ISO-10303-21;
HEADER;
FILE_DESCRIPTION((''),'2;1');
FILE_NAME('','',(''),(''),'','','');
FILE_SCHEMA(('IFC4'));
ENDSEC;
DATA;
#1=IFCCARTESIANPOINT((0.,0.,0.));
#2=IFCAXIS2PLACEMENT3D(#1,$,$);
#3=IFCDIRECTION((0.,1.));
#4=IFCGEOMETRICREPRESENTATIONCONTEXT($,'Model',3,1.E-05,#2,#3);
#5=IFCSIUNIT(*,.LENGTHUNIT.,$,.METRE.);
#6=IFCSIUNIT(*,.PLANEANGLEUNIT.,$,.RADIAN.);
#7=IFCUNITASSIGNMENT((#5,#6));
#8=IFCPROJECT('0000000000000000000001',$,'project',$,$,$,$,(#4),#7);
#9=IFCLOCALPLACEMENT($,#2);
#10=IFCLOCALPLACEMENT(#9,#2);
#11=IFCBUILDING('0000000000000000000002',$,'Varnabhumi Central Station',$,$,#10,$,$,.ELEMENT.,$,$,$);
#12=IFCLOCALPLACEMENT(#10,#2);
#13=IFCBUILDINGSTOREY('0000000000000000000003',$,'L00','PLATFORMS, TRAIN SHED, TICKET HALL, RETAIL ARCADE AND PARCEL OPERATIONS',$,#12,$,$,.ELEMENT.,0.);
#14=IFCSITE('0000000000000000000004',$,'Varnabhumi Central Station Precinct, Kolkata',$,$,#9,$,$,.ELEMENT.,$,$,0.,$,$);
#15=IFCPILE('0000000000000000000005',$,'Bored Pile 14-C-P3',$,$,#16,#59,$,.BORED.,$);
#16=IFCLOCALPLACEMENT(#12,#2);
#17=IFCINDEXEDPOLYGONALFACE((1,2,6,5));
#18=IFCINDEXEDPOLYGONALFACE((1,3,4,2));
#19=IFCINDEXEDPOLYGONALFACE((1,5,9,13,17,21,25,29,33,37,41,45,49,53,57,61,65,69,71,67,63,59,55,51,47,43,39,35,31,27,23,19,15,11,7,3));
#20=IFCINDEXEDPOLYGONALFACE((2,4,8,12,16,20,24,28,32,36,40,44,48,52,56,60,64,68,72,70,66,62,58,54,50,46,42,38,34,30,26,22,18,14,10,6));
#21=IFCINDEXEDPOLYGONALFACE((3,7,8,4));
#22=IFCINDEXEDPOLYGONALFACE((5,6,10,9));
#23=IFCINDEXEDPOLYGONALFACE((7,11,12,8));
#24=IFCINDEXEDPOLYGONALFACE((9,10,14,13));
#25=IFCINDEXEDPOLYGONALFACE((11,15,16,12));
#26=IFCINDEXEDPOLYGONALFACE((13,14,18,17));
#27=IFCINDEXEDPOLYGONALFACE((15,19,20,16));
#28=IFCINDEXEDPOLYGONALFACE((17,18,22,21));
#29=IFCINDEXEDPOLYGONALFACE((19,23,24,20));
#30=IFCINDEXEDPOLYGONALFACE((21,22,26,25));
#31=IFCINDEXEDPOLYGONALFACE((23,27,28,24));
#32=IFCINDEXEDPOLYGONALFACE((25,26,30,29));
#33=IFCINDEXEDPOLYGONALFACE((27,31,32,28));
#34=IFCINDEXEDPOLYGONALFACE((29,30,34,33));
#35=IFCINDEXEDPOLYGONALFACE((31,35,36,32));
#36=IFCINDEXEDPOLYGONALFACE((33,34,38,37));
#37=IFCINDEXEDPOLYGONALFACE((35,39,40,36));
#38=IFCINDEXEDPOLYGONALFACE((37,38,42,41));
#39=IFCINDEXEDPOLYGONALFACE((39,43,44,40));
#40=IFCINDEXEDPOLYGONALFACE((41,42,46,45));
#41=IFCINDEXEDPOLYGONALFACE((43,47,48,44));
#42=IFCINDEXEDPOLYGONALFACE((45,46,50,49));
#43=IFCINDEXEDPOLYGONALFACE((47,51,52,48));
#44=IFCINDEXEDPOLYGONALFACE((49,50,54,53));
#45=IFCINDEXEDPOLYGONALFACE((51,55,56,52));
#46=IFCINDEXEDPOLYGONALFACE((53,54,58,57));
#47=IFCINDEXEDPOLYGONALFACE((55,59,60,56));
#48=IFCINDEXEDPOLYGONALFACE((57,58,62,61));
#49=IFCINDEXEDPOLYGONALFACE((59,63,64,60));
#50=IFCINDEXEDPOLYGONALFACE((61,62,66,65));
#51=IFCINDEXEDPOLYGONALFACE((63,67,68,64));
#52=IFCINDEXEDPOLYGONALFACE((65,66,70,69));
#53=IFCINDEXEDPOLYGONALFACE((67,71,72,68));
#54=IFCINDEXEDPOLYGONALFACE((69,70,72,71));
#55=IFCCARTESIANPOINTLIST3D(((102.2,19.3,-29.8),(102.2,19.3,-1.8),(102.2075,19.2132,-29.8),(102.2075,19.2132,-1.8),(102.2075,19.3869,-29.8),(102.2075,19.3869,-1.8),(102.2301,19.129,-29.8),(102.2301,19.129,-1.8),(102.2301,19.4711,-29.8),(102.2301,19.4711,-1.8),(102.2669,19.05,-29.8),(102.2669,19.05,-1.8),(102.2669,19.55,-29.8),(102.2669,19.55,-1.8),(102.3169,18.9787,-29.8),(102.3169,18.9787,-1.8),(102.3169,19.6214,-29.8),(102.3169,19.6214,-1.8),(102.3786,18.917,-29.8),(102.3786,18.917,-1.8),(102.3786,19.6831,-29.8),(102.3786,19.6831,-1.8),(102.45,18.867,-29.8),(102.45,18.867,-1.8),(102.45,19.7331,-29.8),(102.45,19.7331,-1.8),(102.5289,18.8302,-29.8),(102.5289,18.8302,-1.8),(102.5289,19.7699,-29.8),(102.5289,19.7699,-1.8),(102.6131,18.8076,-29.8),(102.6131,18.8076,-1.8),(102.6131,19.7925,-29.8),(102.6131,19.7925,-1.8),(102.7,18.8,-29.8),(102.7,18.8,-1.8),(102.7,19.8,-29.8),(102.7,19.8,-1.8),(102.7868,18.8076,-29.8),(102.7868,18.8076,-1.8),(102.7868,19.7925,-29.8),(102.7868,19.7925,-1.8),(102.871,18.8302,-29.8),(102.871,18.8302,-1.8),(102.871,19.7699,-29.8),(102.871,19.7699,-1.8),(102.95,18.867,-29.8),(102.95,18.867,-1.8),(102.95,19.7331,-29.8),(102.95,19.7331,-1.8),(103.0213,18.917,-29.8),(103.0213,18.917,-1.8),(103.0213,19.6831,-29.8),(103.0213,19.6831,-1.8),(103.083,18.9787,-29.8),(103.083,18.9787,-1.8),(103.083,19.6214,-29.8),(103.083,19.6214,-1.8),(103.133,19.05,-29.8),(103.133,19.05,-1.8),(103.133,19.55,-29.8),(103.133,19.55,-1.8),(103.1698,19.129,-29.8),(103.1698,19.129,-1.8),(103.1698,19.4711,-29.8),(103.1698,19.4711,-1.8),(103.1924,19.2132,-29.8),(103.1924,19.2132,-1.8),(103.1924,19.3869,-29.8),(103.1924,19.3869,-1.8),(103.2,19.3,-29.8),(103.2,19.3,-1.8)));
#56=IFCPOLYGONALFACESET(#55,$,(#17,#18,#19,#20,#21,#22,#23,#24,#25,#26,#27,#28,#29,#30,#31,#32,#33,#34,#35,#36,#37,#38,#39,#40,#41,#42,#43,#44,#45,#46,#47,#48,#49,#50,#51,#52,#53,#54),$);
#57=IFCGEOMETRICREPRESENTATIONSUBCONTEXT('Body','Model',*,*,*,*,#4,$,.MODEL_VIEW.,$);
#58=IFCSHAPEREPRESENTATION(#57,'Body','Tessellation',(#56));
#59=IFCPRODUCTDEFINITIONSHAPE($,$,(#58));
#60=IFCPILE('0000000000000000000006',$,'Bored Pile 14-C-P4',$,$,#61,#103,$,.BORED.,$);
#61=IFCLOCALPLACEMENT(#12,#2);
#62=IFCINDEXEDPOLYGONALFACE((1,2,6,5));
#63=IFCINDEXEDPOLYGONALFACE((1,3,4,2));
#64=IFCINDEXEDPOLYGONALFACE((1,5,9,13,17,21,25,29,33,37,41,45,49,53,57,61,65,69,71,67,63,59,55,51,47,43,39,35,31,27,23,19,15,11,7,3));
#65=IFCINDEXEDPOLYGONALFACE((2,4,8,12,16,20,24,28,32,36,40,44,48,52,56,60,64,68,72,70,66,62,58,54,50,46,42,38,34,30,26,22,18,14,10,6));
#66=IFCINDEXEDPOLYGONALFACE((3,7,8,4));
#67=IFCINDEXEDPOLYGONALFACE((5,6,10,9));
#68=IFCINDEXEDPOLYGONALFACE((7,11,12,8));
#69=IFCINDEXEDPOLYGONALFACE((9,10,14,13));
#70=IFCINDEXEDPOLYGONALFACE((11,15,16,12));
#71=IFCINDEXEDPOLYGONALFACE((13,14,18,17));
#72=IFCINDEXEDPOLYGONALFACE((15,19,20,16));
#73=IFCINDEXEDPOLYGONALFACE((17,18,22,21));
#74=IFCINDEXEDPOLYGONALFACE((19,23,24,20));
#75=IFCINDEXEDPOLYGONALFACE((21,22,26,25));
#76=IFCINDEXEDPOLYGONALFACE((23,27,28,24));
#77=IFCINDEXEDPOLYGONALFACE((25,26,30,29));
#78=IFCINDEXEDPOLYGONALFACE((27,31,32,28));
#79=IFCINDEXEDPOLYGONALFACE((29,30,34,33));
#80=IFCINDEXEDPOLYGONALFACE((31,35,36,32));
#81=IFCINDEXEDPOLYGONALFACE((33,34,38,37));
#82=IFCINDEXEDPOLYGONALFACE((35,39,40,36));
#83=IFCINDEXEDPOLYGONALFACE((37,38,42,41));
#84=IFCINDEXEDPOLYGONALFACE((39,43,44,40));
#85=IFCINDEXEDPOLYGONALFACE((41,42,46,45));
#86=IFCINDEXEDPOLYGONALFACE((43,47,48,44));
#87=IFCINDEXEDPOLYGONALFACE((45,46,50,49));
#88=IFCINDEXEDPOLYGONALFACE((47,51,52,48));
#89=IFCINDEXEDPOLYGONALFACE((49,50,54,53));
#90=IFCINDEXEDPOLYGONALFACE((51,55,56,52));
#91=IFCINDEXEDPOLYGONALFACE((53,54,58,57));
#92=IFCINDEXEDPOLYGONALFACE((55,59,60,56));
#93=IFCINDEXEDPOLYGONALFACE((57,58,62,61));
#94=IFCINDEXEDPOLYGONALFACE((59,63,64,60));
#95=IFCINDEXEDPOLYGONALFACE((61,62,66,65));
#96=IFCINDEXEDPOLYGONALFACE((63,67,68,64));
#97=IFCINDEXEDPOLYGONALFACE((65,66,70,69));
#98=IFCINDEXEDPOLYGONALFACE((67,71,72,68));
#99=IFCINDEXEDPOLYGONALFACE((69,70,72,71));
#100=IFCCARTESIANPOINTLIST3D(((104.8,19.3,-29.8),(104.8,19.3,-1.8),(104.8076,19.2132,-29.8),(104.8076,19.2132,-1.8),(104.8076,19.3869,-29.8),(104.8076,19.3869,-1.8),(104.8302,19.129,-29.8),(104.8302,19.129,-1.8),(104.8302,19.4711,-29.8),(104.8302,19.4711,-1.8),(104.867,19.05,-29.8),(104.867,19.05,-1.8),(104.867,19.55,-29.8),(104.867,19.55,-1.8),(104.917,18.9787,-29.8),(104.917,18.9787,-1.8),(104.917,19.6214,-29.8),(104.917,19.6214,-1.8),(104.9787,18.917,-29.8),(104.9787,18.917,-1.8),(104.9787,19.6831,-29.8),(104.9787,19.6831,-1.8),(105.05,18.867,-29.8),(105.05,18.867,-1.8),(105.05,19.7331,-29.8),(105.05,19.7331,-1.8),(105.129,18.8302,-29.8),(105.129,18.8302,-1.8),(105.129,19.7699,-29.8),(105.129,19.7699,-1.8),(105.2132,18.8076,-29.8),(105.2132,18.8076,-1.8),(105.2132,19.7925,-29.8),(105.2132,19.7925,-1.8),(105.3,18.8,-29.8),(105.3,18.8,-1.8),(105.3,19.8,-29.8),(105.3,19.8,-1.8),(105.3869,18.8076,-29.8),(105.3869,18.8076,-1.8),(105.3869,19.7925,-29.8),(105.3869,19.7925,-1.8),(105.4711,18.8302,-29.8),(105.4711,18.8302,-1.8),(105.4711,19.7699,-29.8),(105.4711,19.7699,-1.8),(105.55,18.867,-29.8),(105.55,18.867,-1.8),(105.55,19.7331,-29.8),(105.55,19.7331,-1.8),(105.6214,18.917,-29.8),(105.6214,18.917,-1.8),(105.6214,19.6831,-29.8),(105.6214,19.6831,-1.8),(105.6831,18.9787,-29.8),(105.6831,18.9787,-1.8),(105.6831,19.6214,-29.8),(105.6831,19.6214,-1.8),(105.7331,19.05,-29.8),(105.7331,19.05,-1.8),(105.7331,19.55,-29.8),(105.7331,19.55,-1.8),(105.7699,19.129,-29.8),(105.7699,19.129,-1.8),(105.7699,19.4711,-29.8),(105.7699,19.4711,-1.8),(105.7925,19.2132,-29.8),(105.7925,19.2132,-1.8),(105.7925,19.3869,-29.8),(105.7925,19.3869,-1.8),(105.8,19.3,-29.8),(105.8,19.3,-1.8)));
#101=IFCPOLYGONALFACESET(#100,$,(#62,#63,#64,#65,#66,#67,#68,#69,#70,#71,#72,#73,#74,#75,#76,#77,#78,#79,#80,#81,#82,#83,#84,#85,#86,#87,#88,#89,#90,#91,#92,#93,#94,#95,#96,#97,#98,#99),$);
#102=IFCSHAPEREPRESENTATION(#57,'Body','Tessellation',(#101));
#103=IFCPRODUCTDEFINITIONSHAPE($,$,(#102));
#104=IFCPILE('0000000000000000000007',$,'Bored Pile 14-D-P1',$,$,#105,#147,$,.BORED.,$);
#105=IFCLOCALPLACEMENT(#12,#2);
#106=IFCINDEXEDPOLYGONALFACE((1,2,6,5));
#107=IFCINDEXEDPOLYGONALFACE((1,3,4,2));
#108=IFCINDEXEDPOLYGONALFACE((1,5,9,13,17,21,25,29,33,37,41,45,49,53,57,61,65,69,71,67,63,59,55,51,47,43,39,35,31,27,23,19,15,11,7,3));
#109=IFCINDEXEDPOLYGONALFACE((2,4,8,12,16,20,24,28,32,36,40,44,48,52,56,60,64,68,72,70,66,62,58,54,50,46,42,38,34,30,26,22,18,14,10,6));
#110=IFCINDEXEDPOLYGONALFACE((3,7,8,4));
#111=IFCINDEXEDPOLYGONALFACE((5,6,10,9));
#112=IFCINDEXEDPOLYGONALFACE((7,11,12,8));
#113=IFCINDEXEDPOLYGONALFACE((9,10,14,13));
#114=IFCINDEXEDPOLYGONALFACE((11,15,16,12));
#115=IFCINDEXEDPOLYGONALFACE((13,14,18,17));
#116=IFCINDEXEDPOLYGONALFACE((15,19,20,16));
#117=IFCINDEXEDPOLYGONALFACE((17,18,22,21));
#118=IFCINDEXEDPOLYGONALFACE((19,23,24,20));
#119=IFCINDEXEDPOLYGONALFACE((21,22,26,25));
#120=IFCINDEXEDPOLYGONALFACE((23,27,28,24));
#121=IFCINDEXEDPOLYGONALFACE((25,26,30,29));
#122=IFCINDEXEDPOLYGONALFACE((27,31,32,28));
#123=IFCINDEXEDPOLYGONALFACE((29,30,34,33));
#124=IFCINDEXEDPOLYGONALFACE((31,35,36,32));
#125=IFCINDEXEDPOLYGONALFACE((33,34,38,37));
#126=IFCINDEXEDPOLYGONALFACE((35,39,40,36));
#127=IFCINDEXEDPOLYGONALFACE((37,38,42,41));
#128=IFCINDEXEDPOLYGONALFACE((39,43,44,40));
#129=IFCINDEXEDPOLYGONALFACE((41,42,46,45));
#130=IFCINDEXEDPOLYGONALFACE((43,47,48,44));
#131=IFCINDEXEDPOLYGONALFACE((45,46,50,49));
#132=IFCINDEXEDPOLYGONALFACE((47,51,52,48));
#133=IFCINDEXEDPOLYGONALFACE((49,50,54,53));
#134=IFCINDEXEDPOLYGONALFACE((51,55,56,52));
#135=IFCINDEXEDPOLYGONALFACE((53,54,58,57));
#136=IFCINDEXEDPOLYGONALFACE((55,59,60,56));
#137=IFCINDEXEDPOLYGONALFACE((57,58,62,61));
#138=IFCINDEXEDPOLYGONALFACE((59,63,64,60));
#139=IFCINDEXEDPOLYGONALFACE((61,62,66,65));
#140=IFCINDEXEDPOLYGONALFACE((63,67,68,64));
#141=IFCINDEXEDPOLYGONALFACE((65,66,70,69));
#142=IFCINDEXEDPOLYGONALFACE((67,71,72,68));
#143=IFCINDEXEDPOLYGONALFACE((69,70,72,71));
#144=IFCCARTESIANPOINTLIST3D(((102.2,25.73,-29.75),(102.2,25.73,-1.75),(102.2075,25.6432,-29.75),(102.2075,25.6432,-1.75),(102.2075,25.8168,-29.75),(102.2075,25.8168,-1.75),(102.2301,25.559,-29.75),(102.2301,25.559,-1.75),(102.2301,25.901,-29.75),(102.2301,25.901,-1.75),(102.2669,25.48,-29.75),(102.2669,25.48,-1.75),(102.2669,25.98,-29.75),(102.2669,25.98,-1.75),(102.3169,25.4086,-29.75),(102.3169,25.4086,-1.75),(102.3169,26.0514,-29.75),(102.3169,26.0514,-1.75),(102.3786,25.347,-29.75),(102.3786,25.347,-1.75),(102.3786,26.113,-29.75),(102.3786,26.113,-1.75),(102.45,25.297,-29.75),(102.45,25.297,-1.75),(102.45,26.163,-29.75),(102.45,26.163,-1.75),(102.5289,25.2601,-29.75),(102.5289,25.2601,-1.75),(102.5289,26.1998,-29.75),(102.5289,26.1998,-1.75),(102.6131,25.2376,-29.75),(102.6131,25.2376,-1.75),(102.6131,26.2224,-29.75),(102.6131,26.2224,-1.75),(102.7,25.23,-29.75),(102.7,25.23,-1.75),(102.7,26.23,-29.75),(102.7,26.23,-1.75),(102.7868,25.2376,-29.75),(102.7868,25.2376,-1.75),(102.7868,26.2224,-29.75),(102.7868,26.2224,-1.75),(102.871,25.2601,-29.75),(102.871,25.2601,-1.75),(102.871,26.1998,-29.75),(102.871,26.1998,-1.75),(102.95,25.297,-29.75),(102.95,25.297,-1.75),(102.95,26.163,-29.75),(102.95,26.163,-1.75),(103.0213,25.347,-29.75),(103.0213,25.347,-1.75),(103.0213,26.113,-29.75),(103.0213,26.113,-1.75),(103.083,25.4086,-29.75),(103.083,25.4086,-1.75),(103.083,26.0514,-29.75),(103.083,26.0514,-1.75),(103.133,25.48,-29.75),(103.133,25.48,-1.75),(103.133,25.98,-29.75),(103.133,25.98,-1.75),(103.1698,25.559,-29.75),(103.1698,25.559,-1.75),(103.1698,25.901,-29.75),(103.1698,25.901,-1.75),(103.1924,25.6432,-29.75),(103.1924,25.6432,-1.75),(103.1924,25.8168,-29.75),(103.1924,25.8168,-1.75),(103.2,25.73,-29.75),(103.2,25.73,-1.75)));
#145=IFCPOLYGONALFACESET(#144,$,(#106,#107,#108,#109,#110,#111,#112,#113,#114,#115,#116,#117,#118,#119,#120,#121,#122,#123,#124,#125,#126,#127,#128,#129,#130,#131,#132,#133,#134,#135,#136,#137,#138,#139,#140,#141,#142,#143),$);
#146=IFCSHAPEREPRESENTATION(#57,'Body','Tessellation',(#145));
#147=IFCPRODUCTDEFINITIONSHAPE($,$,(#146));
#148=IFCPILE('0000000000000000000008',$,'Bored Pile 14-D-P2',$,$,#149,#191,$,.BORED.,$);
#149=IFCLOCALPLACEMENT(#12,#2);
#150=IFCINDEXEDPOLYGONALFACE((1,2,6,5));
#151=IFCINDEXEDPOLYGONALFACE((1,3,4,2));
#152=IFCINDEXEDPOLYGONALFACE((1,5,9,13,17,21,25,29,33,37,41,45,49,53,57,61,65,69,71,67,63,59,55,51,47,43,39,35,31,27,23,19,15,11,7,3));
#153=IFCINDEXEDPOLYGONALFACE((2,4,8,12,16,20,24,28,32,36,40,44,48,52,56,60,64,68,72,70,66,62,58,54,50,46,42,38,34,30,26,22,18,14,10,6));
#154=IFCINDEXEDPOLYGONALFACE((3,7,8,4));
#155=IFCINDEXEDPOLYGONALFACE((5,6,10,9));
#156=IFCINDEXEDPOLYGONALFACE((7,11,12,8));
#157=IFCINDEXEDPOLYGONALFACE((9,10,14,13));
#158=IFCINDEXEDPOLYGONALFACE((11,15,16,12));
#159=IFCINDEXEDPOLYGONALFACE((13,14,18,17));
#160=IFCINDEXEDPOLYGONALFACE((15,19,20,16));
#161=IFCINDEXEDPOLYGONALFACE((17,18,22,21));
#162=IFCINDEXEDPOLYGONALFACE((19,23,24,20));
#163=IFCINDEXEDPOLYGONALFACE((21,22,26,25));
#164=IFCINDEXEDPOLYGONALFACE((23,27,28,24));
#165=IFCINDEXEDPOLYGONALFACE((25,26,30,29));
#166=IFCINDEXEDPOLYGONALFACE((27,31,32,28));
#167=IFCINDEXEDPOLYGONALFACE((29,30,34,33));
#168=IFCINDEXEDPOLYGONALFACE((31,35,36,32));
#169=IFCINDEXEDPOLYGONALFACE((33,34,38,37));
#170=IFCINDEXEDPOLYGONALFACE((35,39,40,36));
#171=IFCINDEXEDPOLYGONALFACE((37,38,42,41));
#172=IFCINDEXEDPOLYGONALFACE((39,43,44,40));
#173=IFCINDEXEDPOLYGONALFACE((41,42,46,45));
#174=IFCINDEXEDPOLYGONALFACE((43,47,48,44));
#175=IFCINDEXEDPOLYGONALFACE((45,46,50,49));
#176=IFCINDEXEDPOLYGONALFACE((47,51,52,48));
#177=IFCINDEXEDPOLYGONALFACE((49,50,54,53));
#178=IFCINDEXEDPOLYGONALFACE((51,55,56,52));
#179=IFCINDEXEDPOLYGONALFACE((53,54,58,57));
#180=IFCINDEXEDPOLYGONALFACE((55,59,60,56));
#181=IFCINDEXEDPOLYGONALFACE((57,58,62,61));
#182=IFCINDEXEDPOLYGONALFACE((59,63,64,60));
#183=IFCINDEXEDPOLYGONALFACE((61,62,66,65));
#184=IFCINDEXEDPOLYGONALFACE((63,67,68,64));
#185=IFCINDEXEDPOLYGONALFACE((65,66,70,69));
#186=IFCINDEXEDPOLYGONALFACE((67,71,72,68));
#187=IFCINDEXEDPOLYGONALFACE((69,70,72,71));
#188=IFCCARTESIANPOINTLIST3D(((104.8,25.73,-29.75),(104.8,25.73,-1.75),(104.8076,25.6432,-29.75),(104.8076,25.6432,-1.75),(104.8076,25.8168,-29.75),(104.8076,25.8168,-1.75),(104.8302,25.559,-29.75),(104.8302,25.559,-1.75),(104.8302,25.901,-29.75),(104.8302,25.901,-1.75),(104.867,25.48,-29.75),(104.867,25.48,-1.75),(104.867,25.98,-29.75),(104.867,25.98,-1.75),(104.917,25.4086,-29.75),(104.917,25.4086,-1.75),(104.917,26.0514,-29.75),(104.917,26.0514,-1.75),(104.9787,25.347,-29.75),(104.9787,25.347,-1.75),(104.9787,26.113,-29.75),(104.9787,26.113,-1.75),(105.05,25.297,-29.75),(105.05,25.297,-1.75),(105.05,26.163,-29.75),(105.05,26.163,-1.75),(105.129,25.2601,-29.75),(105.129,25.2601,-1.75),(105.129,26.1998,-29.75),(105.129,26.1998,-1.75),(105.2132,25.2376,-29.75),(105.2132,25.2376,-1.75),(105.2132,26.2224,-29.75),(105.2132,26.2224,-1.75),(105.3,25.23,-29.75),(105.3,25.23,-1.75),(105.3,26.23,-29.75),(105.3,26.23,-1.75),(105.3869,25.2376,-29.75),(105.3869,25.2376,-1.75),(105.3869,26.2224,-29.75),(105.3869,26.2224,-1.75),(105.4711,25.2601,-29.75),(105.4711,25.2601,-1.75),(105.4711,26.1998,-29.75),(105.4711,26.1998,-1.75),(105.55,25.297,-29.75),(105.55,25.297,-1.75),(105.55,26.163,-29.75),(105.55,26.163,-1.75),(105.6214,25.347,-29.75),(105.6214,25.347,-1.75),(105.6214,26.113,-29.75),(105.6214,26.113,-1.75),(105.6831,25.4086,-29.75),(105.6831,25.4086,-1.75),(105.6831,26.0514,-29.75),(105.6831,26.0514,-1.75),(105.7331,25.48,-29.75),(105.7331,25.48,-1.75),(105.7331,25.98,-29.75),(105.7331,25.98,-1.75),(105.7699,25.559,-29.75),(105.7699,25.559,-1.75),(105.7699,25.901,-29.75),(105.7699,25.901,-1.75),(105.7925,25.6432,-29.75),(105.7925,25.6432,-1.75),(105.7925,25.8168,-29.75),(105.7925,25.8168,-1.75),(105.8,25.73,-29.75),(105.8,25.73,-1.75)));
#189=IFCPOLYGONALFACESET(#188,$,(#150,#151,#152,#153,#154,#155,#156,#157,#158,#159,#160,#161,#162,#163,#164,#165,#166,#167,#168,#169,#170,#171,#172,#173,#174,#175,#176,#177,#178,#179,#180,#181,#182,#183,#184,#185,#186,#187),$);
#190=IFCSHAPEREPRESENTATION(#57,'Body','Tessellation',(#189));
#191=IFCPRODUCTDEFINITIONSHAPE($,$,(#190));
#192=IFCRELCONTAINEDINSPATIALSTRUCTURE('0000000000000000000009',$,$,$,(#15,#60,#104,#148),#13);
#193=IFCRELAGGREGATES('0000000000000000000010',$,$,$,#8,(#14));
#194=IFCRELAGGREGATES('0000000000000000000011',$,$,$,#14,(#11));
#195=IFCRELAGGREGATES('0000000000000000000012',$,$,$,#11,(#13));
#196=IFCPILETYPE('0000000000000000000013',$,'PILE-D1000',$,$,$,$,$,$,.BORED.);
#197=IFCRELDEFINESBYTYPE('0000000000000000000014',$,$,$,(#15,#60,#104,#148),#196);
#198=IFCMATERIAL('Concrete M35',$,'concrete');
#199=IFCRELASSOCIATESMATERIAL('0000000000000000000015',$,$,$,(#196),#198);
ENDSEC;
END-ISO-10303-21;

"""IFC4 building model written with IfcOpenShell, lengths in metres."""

from ifc_helpers import new_model, si_unit, direction, frame, origin, origin_2d, place, context, subcontext, project, spatial, circle, extrude, material, material_profile, profile_set, type_object, element, save


model = new_model("IFC4")

# Units and contexts
model_context = context("Model", 3, precision=1e-05, world=origin(), true_north=direction((0.0, 1.0)))
body_context = subcontext(model_context, "Body", "Model", "MODEL_VIEW")
ifc_project = project(units=[si_unit("LENGTHUNIT", "METRE"), si_unit("PLANEANGLEUNIT", "RADIAN")], contexts=[model_context])

# Site, building, storey
site_placement = place(None, origin())
site = spatial("IfcSite", under=ifc_project, at=site_placement, Name="Varnabhumi Central Station Precinct, Kolkata", CompositionType="ELEMENT", RefElevation=0.0)
building_placement = place(site_placement, origin())
building = spatial("IfcBuilding", under=site, at=building_placement, Name="Varnabhumi Central Station", CompositionType="ELEMENT")
storey_placement = place(building_placement, origin())
storey = spatial("IfcBuildingStorey", under=building, at=storey_placement, Name="L00", Description="PLATFORMS, TRAIN SHED, TICKET HALL, RETAIL ARCADE AND PARCEL OPERATIONS", CompositionType="ELEMENT", Elevation=0.0)

# Piles
ifc_material_1 = material(Name="Concrete M35", Category="concrete")
ifc_material_profile_1 = material_profile(ifc_material_1, circle(Radius=0.5, at=origin_2d()), Name="Concrete M35", Category="concrete")
ifc_profile_set_1 = profile_set([ifc_material_profile_1], Name="Concrete M35")
pile_type = type_object("IfcPileType", Name="PILE-D1000", PredefinedType="BORED", material=ifc_profile_set_1)
for number, where, z_axis, x_axis, name in (
    (1, (102.7, 19.3, -1.8), (0.0, 0.0, -1.0), (1.0, 0.0, 0.0), "Bored Pile 14-C-P3"),
    (2, (105.3, 19.3, -1.8), (0.0, 0.0, -1.0), (1.0, 0.0, 0.0), "Bored Pile 14-C-P4"),
    (3, (102.7, 25.73, -1.75), (0.0, 0.0, -1.0), (1.0, 0.0, 0.0), "Bored Pile 14-D-P1"),
    (4, (105.3, 25.73, -1.75), (0.0, 0.0, -1.0), (1.0, 0.0, 0.0), "Bored Pile 14-D-P2"),
):
    element("IfcPile", number, at=place(storey_placement, frame(where, z_axis=z_axis, x_axis=x_axis)), inside=storey, type_object=pile_type, Name=name, PredefinedType="BORED", context=body_context, shape_type="SweptSolid", body=[
        extrude(circle(Radius=0.5, at=origin_2d()), origin(), (0.0, 0.0, 1.0), 28.0),
    ])

save(model, "model.ifc")
